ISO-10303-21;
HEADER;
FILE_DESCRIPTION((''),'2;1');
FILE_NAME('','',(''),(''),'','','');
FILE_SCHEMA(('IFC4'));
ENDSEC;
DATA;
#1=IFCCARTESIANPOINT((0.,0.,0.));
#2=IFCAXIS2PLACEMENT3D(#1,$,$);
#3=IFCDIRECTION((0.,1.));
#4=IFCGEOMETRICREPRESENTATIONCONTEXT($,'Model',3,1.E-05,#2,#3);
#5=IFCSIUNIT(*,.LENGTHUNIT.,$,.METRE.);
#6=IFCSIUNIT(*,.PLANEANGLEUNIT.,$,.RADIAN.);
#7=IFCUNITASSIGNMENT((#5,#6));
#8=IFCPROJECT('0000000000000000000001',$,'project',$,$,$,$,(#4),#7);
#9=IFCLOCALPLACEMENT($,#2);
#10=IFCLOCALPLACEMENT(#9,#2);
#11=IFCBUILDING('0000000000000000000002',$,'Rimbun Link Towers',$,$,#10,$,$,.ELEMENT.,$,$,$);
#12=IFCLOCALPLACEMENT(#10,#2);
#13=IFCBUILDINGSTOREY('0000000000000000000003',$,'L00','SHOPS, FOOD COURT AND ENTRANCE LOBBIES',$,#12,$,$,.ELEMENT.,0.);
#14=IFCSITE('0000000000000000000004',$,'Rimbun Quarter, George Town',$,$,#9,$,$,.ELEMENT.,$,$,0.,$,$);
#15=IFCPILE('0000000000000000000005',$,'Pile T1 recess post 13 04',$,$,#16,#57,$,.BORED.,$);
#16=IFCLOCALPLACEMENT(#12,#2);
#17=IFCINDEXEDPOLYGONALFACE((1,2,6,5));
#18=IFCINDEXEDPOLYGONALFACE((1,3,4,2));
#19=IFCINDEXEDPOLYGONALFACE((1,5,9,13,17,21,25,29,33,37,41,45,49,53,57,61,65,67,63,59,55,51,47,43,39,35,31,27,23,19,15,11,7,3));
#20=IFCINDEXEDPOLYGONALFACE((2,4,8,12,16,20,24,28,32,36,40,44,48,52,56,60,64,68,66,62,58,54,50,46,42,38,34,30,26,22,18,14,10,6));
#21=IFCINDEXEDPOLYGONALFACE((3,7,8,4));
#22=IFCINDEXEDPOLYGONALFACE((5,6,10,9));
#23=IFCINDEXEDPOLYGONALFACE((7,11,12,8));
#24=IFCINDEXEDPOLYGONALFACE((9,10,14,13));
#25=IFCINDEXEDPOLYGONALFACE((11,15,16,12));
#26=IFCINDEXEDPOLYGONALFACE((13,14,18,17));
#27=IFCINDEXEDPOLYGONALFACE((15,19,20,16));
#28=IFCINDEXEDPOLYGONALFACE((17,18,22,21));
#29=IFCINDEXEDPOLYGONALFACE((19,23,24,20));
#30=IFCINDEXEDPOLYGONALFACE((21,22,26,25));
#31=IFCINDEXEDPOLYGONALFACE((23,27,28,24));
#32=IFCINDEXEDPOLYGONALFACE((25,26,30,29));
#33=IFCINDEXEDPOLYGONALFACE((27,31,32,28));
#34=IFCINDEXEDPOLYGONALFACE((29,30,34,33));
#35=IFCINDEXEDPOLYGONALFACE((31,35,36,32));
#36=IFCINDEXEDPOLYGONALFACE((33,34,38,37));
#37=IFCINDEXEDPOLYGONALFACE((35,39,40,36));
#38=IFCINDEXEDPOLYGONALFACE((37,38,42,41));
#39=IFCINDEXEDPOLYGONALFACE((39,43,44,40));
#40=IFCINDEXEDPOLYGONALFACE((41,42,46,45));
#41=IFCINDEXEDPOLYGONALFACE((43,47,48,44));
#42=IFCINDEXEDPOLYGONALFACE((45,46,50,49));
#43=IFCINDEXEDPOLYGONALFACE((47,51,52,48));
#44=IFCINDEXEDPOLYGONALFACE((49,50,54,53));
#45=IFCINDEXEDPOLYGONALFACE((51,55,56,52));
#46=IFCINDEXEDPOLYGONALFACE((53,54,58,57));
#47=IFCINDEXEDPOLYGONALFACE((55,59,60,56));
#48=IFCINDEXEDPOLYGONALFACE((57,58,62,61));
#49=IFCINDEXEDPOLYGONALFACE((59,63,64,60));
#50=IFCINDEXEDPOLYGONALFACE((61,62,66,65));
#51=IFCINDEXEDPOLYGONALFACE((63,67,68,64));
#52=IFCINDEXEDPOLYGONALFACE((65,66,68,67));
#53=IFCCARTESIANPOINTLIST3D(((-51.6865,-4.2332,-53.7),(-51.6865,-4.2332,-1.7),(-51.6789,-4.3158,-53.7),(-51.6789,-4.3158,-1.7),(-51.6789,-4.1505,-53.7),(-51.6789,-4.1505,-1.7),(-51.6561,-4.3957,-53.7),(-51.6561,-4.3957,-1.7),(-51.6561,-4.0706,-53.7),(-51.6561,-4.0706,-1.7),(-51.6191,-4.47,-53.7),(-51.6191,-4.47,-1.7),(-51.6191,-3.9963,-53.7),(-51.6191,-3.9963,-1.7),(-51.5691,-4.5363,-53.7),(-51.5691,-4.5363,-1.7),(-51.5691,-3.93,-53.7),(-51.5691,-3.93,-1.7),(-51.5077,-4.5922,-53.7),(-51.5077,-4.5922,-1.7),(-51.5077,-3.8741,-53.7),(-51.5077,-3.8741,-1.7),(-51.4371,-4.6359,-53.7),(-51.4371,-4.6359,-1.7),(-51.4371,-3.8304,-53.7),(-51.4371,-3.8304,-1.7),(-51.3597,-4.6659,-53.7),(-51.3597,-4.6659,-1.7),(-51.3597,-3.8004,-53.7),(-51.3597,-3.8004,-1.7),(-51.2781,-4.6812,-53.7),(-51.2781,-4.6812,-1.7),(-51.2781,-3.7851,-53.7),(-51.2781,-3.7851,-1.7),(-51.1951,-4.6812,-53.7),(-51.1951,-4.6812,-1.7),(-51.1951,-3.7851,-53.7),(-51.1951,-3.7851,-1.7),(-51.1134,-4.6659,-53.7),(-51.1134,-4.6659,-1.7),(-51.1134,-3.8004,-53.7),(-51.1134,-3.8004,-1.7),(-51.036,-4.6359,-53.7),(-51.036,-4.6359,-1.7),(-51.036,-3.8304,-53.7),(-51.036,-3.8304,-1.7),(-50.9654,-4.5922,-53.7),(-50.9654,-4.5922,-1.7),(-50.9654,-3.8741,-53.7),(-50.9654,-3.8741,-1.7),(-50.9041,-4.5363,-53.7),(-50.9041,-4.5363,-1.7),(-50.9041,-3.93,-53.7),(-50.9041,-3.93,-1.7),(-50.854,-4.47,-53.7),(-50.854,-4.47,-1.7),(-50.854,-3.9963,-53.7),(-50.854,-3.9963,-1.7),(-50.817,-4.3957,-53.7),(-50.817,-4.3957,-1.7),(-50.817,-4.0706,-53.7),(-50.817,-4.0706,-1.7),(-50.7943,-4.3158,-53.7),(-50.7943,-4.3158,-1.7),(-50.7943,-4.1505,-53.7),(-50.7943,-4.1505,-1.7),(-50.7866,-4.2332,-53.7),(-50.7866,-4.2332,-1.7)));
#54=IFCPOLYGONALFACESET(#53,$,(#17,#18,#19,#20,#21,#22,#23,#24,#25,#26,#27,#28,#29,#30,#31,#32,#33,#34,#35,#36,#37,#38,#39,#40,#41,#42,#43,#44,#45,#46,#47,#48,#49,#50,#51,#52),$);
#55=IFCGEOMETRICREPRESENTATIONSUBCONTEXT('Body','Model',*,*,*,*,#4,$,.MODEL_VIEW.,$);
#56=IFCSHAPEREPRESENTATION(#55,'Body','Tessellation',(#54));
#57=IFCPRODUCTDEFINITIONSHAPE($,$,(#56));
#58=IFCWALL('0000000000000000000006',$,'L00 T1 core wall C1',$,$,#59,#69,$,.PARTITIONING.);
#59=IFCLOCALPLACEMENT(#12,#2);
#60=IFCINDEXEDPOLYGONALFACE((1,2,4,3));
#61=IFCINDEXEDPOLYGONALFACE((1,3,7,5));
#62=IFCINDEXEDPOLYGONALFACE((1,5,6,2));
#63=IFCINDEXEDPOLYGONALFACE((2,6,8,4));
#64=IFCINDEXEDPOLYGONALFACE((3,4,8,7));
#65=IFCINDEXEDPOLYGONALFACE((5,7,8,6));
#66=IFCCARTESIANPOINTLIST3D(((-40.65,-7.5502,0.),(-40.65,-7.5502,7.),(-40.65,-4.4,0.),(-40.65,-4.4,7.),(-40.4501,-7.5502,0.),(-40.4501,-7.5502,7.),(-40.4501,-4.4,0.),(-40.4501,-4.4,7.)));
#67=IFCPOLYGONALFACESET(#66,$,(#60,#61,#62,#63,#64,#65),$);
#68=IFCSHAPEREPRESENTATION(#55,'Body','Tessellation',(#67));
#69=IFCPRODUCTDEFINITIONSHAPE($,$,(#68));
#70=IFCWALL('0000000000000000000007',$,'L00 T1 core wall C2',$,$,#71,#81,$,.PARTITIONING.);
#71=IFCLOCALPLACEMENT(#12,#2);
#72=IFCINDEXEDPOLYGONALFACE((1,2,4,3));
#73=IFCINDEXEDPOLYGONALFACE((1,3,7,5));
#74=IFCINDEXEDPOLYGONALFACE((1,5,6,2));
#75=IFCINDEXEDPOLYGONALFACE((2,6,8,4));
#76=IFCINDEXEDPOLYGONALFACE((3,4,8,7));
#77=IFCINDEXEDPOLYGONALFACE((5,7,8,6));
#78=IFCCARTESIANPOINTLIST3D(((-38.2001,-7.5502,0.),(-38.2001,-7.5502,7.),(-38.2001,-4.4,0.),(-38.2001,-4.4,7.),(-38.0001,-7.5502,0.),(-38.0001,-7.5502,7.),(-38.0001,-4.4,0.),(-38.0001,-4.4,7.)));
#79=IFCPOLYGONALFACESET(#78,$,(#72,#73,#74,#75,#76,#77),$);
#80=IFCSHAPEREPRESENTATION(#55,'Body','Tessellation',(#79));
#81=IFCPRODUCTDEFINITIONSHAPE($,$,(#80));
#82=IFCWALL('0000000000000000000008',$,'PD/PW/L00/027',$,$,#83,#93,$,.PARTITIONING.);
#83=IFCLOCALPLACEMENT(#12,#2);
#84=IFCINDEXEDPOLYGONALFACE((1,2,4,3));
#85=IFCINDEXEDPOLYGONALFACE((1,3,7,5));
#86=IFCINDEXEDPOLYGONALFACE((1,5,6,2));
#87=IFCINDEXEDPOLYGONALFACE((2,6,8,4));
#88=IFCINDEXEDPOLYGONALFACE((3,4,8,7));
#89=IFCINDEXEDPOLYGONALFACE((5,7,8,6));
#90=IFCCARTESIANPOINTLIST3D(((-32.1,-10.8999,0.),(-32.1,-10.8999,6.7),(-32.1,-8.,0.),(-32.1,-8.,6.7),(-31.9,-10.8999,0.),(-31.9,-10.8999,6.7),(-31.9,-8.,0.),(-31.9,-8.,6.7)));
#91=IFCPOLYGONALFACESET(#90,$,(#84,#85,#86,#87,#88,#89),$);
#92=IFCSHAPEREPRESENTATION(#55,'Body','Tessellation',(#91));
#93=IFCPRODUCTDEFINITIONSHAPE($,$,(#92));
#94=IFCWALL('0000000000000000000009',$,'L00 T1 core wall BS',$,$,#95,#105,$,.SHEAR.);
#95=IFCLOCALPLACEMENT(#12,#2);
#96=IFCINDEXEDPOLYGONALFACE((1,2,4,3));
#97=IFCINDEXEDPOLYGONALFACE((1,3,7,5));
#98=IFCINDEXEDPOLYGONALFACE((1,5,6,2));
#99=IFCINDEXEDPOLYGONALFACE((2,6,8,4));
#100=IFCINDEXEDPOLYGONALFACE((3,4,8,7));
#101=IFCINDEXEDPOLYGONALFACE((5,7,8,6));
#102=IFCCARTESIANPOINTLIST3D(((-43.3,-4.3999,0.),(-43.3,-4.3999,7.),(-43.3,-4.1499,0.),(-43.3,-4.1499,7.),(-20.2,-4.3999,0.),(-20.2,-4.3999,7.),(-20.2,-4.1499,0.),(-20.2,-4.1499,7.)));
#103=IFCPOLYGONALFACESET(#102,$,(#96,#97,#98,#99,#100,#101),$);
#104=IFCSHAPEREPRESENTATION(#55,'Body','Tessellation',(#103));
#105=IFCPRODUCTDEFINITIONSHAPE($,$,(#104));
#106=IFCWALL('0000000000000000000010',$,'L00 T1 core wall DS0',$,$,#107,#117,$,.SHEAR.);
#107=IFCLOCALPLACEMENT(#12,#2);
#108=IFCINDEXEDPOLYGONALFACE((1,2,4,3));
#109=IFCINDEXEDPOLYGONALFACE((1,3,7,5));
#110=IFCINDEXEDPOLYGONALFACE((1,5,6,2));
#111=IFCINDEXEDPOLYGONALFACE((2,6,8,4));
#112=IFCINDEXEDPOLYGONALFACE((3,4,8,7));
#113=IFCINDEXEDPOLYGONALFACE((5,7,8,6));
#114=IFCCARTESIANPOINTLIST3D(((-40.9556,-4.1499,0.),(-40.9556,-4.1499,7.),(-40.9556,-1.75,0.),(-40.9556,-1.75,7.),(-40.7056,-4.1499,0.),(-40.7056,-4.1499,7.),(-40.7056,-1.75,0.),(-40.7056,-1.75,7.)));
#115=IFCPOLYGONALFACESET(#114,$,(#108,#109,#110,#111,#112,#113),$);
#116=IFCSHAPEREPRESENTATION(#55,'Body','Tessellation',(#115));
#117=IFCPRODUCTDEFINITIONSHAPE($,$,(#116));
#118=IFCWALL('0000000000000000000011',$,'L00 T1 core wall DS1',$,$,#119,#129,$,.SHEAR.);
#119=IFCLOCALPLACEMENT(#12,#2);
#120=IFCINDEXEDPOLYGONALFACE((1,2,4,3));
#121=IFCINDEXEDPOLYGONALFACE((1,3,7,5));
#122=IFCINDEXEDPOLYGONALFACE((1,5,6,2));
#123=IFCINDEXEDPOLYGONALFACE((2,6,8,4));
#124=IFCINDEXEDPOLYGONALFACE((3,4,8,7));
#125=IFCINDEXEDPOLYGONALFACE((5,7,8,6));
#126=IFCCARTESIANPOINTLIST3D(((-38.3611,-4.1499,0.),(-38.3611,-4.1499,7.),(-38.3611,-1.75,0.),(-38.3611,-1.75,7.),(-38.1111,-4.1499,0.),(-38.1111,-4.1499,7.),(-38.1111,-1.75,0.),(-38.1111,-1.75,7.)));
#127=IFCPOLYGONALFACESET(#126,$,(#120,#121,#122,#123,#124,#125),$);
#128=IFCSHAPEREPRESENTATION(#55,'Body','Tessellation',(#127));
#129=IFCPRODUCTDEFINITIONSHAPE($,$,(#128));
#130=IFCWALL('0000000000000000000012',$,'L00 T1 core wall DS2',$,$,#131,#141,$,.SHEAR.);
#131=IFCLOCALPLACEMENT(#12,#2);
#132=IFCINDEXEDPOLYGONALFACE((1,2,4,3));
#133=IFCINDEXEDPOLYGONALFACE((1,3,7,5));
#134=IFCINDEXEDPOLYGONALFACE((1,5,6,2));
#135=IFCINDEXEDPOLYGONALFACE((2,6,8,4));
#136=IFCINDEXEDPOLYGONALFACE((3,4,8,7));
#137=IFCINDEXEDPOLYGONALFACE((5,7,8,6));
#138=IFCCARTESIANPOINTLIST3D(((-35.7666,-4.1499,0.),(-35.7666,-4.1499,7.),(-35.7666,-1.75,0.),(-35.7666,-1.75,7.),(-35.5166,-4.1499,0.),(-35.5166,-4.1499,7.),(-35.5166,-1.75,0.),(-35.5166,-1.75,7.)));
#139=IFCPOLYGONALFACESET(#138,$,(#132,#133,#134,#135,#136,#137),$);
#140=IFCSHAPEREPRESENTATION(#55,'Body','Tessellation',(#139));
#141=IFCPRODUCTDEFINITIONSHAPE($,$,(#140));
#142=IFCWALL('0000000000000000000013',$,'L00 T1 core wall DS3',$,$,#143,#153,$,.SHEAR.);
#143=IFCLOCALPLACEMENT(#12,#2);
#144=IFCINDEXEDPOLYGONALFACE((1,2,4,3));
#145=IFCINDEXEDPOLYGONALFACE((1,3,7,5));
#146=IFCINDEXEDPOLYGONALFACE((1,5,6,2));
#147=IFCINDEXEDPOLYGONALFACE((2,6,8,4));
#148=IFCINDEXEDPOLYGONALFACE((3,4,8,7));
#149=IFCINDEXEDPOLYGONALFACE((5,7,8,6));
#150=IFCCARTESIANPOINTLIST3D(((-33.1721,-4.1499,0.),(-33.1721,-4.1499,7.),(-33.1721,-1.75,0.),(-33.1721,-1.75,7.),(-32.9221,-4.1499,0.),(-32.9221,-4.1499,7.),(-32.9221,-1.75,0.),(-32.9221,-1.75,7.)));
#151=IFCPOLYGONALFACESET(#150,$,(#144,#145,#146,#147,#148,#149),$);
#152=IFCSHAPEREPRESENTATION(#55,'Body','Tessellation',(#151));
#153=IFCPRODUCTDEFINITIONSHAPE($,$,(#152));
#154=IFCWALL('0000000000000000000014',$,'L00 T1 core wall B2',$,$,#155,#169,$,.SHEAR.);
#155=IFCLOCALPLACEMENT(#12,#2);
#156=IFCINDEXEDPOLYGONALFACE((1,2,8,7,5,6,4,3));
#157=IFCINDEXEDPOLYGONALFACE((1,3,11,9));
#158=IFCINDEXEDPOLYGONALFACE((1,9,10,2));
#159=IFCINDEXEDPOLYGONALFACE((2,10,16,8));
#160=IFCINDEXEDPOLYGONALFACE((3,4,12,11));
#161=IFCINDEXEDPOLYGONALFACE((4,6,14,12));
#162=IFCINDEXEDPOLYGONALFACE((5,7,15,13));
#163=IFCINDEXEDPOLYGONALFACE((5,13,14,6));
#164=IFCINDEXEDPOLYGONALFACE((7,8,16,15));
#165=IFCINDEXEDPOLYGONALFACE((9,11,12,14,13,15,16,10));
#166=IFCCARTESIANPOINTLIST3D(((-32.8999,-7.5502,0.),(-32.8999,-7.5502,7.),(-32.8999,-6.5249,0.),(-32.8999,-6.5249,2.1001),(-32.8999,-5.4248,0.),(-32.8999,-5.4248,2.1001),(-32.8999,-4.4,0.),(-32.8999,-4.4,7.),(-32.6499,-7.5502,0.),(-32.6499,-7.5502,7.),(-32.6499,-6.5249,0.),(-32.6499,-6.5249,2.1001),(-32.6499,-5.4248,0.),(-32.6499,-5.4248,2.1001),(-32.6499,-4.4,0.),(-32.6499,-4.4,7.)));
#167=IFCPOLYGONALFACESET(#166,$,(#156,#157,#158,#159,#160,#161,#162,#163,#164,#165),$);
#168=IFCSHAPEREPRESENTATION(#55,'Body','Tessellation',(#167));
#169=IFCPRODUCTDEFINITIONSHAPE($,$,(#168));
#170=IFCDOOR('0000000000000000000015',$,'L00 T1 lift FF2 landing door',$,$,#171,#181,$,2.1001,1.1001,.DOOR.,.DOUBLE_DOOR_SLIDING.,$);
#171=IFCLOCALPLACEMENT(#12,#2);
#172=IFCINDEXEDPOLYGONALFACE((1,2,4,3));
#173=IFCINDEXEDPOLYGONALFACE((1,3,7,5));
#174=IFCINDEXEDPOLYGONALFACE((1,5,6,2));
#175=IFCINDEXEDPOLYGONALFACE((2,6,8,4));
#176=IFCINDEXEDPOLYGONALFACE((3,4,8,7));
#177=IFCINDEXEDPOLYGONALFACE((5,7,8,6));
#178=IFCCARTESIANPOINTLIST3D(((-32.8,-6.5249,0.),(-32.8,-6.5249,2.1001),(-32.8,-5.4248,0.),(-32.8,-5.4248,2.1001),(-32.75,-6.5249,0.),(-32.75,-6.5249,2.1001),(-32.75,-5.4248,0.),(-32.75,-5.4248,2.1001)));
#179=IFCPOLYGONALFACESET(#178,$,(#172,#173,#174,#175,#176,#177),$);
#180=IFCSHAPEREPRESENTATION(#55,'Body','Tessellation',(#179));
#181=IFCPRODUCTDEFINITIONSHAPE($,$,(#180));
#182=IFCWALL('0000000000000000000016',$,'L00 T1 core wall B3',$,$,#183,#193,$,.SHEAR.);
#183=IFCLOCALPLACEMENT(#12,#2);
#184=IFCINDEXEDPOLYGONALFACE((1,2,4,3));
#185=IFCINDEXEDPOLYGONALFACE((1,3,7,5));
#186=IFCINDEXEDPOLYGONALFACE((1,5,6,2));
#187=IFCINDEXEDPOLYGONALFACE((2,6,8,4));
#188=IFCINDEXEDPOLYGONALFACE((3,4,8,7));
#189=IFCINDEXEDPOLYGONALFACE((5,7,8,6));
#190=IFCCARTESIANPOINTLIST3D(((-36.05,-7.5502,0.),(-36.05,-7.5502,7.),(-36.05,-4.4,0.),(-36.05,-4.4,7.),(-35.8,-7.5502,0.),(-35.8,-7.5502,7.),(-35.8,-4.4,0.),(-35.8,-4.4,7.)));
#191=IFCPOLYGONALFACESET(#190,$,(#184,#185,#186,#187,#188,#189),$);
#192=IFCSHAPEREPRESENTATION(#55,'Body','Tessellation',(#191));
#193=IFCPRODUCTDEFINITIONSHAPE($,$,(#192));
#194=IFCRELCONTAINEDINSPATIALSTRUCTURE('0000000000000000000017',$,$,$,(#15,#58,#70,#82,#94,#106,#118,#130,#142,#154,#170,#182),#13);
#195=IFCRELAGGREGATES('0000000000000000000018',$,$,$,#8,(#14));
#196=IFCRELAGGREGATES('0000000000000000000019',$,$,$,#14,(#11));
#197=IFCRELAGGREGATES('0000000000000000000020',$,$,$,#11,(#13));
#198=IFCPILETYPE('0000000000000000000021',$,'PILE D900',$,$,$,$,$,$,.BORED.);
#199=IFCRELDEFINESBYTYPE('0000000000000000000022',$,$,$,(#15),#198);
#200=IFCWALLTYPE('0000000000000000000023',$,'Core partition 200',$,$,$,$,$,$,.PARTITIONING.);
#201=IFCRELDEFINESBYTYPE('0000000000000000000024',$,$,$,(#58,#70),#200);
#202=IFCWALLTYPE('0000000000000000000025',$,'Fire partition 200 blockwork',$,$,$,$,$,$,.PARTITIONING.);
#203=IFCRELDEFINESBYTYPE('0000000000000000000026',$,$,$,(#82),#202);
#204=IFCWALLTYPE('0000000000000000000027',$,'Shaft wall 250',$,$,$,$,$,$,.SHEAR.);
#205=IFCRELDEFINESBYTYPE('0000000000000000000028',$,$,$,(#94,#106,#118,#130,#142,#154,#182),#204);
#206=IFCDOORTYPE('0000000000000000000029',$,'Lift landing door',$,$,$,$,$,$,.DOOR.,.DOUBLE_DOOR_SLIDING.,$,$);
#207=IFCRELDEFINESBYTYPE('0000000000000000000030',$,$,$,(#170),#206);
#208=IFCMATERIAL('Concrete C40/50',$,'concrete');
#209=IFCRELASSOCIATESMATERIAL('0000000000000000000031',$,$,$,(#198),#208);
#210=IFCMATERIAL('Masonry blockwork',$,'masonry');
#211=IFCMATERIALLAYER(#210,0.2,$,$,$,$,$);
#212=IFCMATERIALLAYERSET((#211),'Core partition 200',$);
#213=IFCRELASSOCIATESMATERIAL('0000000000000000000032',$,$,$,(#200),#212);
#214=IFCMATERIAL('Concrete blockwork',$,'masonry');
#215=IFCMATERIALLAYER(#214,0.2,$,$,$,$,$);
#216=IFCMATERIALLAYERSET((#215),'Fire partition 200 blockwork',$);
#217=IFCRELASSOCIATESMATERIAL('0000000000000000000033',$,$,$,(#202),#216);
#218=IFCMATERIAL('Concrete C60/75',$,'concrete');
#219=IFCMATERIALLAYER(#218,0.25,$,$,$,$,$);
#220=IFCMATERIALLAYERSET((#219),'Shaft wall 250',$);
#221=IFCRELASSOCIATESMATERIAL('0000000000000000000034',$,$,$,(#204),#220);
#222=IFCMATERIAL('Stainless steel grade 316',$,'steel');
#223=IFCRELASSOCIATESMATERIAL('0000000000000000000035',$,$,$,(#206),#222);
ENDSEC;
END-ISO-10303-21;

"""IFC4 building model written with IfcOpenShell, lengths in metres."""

from ifc_helpers import new_model, si_unit, direction, frame, frame_2d, origin, origin_2d, place, context, subcontext, project, spatial, rectangle, circle, extrude, material, layer, layer_set, material_profile, profile_set, type_object, element, fill, save


model = new_model("IFC4")

# Units and contexts
model_context = context("Model", 3, precision=1e-05, world=origin(), true_north=direction((0.0, 1.0)))
body_context = subcontext(model_context, "Body", "Model", "MODEL_VIEW")
ifc_project = project(units=[si_unit("LENGTHUNIT", "METRE"), si_unit("PLANEANGLEUNIT", "RADIAN")], contexts=[model_context])

# Site, building, storey
site_placement = place(None, origin())
site = spatial("IfcSite", under=ifc_project, at=site_placement, Name="Rimbun Quarter, George Town", CompositionType="ELEMENT", RefElevation=0.0)
building_placement = place(site_placement, origin())
building = spatial("IfcBuilding", under=site, at=building_placement, Name="Rimbun Link Towers", CompositionType="ELEMENT")
storey_placement = place(building_placement, origin())
storey = spatial("IfcBuildingStorey", under=building, at=storey_placement, Name="L00", Description="SHOPS, FOOD COURT AND ENTRANCE LOBBIES", CompositionType="ELEMENT", Elevation=0.0)

# Pile
ifc_material_1 = material(Name="Concrete C40/50", Category="concrete")
ifc_material_profile_1 = material_profile(ifc_material_1, circle(Radius=0.45, at=origin_2d()), Name="PILE D900")
ifc_profile_set_1 = profile_set([ifc_material_profile_1], Name="Concrete C40/50")
pile_type_1 = type_object("IfcPileType", Name="PILE D900", PredefinedType="BORED", material=ifc_profile_set_1)
pile_placement = place(storey_placement, frame((-51.2366, -4.2332, -1.7), z_axis=(0.0, 0.0, -1.0), x_axis=(1.0, 0.0, 0.0)))
element("IfcPile", 1, at=pile_placement, inside=storey, type_object=pile_type_1, Name="Pile T1 recess post 13 04", PredefinedType="BORED", context=body_context, shape_type="SweptSolid", body=[
    extrude(circle(Radius=0.45, at=origin_2d()), origin(), (0.0, 0.0, 1.0), 52.0),
])

# Walls
ifc_material_2 = material(Name="Masonry blockwork", Category="masonry")
ifc_layer_1 = layer(ifc_material_2, 0.2)
ifc_layer_set_1 = layer_set([ifc_layer_1], Name="Core partition 200")
wall_type_1 = type_object("IfcWallType", Name="Core partition 200", PredefinedType="PARTITIONING", material=ifc_layer_set_1)
for number, where, z_axis, x_axis, name in (
    (2, (-40.55, -4.3999, 0.0), (0.0, 0.0, 1.0), (0.0, -1.0, 0.0), "L00 T1 core wall C1"),
    (3, (-38.1001, -4.3999, 0.0), (0.0, 0.0, 1.0), (0.0, -1.0, 0.0), "L00 T1 core wall C2"),
):
    element("IfcWall", number, at=place(storey_placement, frame(where, z_axis=z_axis, x_axis=x_axis)), inside=storey, type_object=wall_type_1, Name=name, PredefinedType="PARTITIONING", context=body_context, shape_type="SweptSolid", body=[
        extrude(rectangle(XDim=3.1501, YDim=0.2, at=frame_2d((1.5752, 0.0))), origin(), (0.0, 0.0, 1.0), 7.0),
    ])
ifc_material_3 = material(Name="Concrete blockwork", Category="masonry")
ifc_layer_2 = layer(ifc_material_3, 0.2)
ifc_layer_set_2 = layer_set([ifc_layer_2], Name="Fire partition 200 blockwork")
wall_type_2 = type_object("IfcWallType", Name="Fire partition 200 blockwork", PredefinedType="PARTITIONING", material=ifc_layer_set_2)
wall_1_placement = place(storey_placement, frame((-32.0, -8.0, 0.0), z_axis=(0.0, 0.0, 1.0), x_axis=(0.0, -1.0, 0.0)))
element("IfcWall", 4, at=wall_1_placement, inside=storey, type_object=wall_type_2, Name="PD/PW/L00/027", PredefinedType="PARTITIONING", context=body_context, shape_type="SweptSolid", body=[
    extrude(rectangle(XDim=2.8999, YDim=0.2, at=frame_2d((1.45, 0.0))), origin(), (0.0, 0.0, 1.0), 6.7),
])
ifc_material_4 = material(Name="Concrete C60/75", Category="concrete")
ifc_layer_3 = layer(ifc_material_4, 0.25)
ifc_layer_set_3 = layer_set([ifc_layer_3], Name="Shaft wall 250")
wall_type_3 = type_object("IfcWallType", Name="Shaft wall 250", PredefinedType="SHEAR", material=ifc_layer_set_3)
wall_2_placement = place(storey_placement, frame((-43.3, -4.2749, 0.0), z_axis=(0.0, 0.0, 1.0), x_axis=(1.0, 0.0, 0.0)))
element("IfcWall", 5, at=wall_2_placement, inside=storey, type_object=wall_type_3, Name="L00 T1 core wall BS", PredefinedType="SHEAR", context=body_context, shape_type="SweptSolid", body=[
    extrude(rectangle(XDim=23.1001, YDim=0.25, at=frame_2d((11.55, 0.0))), origin(), (0.0, 0.0, 1.0), 7.0),
])

# Shared definitions
ifc_material_5 = material(Name="Stainless steel grade 316", Category="steel")
door_type_1 = type_object("IfcDoorType", Name="Lift landing door", OperationType="DOUBLE_DOOR_SLIDING", PredefinedType="DOOR", material=ifc_material_5)

# Walls
for number, where, z_axis, x_axis, name in (
    (6, (-40.8306, -4.1499, 0.0), (0.0, 0.0, 1.0), (0.0, 1.0, 0.0), "L00 T1 core wall DS0"),
    (7, (-38.2361, -4.1499, 0.0), (0.0, 0.0, 1.0), (0.0, 1.0, 0.0), "L00 T1 core wall DS1"),
    (8, (-35.6416, -4.1499, 0.0), (0.0, 0.0, 1.0), (0.0, 1.0, 0.0), "L00 T1 core wall DS2"),
    (9, (-33.0471, -4.1499, 0.0), (0.0, 0.0, 1.0), (0.0, 1.0, 0.0), "L00 T1 core wall DS3"),
):
    element("IfcWall", number, at=place(storey_placement, frame(where, z_axis=z_axis, x_axis=x_axis)), inside=storey, type_object=wall_type_3, Name=name, PredefinedType="SHEAR", context=body_context, shape_type="SweptSolid", body=[
        extrude(rectangle(XDim=2.3999, YDim=0.25, at=frame_2d((1.2, 0.0))), origin(), (0.0, 0.0, 1.0), 7.0),
    ])

# Wall, opening, door
wall_3_placement = place(storey_placement, frame((-32.7749, -4.3999, 0.0), z_axis=(0.0, 0.0, 1.0), x_axis=(0.0, -1.0, 0.0)))
wall_3 = element("IfcWall", 10, at=wall_3_placement, inside=storey, type_object=wall_type_3, Name="L00 T1 core wall B2", PredefinedType="SHEAR", context=body_context, shape_type="SweptSolid", body=[
    extrude(rectangle(XDim=3.1501, YDim=0.25, at=frame_2d((1.5752, 0.0))), origin(), (0.0, 0.0, 1.0), 7.0),
])
opening_1_placement = place(wall_3_placement, frame((1.0249, 0.0, 0.0)))
opening_1 = element("IfcOpeningElement", 11, at=opening_1_placement, cuts=wall_3, PredefinedType="OPENING", context=body_context, shape_type="SweptSolid", body=[
    extrude(rectangle(XDim=1.1001, YDim=2.1001, at=frame_2d((0.55, 1.05))), frame((0.0, 0.135, 0.0), z_axis=(0.0, -1.0, 0.0), x_axis=(1.0, 0.0, 0.0)), (0.0, 0.0, 1.0), 0.27),
])
door_1_placement = place(opening_1_placement, origin())
door_1 = element("IfcDoor", 12, at=door_1_placement, inside=storey, type_object=door_type_1, Name="L00 T1 lift FF2 landing door", OperationType="DOUBLE_DOOR_SLIDING", OverallHeight=2.1001, OverallWidth=1.1001, PredefinedType="DOOR", context=body_context, shape_type="SweptSolid", body=[
    extrude(rectangle(XDim=1.1001, YDim=2.1001, at=frame_2d((0.55, 1.05))), frame((0.0, 0.0249, 0.0), z_axis=(0.0, -1.0, 0.0), x_axis=(1.0, 0.0, 0.0)), (0.0, 0.0, 1.0), 0.05),
])
fill(opening_1, door_1)

# Wall
wall_4_placement = place(storey_placement, frame((-35.925, -4.3999, 0.0), z_axis=(0.0, 0.0, 1.0), x_axis=(0.0, -1.0, 0.0)))
element("IfcWall", 13, at=wall_4_placement, inside=storey, type_object=wall_type_3, Name="L00 T1 core wall B3", PredefinedType="SHEAR", context=body_context, shape_type="SweptSolid", body=[
    extrude(rectangle(XDim=3.1501, YDim=0.25, at=frame_2d((1.5752, 0.0))), origin(), (0.0, 0.0, 1.0), 7.0),
])

save(model, "model.ifc")
